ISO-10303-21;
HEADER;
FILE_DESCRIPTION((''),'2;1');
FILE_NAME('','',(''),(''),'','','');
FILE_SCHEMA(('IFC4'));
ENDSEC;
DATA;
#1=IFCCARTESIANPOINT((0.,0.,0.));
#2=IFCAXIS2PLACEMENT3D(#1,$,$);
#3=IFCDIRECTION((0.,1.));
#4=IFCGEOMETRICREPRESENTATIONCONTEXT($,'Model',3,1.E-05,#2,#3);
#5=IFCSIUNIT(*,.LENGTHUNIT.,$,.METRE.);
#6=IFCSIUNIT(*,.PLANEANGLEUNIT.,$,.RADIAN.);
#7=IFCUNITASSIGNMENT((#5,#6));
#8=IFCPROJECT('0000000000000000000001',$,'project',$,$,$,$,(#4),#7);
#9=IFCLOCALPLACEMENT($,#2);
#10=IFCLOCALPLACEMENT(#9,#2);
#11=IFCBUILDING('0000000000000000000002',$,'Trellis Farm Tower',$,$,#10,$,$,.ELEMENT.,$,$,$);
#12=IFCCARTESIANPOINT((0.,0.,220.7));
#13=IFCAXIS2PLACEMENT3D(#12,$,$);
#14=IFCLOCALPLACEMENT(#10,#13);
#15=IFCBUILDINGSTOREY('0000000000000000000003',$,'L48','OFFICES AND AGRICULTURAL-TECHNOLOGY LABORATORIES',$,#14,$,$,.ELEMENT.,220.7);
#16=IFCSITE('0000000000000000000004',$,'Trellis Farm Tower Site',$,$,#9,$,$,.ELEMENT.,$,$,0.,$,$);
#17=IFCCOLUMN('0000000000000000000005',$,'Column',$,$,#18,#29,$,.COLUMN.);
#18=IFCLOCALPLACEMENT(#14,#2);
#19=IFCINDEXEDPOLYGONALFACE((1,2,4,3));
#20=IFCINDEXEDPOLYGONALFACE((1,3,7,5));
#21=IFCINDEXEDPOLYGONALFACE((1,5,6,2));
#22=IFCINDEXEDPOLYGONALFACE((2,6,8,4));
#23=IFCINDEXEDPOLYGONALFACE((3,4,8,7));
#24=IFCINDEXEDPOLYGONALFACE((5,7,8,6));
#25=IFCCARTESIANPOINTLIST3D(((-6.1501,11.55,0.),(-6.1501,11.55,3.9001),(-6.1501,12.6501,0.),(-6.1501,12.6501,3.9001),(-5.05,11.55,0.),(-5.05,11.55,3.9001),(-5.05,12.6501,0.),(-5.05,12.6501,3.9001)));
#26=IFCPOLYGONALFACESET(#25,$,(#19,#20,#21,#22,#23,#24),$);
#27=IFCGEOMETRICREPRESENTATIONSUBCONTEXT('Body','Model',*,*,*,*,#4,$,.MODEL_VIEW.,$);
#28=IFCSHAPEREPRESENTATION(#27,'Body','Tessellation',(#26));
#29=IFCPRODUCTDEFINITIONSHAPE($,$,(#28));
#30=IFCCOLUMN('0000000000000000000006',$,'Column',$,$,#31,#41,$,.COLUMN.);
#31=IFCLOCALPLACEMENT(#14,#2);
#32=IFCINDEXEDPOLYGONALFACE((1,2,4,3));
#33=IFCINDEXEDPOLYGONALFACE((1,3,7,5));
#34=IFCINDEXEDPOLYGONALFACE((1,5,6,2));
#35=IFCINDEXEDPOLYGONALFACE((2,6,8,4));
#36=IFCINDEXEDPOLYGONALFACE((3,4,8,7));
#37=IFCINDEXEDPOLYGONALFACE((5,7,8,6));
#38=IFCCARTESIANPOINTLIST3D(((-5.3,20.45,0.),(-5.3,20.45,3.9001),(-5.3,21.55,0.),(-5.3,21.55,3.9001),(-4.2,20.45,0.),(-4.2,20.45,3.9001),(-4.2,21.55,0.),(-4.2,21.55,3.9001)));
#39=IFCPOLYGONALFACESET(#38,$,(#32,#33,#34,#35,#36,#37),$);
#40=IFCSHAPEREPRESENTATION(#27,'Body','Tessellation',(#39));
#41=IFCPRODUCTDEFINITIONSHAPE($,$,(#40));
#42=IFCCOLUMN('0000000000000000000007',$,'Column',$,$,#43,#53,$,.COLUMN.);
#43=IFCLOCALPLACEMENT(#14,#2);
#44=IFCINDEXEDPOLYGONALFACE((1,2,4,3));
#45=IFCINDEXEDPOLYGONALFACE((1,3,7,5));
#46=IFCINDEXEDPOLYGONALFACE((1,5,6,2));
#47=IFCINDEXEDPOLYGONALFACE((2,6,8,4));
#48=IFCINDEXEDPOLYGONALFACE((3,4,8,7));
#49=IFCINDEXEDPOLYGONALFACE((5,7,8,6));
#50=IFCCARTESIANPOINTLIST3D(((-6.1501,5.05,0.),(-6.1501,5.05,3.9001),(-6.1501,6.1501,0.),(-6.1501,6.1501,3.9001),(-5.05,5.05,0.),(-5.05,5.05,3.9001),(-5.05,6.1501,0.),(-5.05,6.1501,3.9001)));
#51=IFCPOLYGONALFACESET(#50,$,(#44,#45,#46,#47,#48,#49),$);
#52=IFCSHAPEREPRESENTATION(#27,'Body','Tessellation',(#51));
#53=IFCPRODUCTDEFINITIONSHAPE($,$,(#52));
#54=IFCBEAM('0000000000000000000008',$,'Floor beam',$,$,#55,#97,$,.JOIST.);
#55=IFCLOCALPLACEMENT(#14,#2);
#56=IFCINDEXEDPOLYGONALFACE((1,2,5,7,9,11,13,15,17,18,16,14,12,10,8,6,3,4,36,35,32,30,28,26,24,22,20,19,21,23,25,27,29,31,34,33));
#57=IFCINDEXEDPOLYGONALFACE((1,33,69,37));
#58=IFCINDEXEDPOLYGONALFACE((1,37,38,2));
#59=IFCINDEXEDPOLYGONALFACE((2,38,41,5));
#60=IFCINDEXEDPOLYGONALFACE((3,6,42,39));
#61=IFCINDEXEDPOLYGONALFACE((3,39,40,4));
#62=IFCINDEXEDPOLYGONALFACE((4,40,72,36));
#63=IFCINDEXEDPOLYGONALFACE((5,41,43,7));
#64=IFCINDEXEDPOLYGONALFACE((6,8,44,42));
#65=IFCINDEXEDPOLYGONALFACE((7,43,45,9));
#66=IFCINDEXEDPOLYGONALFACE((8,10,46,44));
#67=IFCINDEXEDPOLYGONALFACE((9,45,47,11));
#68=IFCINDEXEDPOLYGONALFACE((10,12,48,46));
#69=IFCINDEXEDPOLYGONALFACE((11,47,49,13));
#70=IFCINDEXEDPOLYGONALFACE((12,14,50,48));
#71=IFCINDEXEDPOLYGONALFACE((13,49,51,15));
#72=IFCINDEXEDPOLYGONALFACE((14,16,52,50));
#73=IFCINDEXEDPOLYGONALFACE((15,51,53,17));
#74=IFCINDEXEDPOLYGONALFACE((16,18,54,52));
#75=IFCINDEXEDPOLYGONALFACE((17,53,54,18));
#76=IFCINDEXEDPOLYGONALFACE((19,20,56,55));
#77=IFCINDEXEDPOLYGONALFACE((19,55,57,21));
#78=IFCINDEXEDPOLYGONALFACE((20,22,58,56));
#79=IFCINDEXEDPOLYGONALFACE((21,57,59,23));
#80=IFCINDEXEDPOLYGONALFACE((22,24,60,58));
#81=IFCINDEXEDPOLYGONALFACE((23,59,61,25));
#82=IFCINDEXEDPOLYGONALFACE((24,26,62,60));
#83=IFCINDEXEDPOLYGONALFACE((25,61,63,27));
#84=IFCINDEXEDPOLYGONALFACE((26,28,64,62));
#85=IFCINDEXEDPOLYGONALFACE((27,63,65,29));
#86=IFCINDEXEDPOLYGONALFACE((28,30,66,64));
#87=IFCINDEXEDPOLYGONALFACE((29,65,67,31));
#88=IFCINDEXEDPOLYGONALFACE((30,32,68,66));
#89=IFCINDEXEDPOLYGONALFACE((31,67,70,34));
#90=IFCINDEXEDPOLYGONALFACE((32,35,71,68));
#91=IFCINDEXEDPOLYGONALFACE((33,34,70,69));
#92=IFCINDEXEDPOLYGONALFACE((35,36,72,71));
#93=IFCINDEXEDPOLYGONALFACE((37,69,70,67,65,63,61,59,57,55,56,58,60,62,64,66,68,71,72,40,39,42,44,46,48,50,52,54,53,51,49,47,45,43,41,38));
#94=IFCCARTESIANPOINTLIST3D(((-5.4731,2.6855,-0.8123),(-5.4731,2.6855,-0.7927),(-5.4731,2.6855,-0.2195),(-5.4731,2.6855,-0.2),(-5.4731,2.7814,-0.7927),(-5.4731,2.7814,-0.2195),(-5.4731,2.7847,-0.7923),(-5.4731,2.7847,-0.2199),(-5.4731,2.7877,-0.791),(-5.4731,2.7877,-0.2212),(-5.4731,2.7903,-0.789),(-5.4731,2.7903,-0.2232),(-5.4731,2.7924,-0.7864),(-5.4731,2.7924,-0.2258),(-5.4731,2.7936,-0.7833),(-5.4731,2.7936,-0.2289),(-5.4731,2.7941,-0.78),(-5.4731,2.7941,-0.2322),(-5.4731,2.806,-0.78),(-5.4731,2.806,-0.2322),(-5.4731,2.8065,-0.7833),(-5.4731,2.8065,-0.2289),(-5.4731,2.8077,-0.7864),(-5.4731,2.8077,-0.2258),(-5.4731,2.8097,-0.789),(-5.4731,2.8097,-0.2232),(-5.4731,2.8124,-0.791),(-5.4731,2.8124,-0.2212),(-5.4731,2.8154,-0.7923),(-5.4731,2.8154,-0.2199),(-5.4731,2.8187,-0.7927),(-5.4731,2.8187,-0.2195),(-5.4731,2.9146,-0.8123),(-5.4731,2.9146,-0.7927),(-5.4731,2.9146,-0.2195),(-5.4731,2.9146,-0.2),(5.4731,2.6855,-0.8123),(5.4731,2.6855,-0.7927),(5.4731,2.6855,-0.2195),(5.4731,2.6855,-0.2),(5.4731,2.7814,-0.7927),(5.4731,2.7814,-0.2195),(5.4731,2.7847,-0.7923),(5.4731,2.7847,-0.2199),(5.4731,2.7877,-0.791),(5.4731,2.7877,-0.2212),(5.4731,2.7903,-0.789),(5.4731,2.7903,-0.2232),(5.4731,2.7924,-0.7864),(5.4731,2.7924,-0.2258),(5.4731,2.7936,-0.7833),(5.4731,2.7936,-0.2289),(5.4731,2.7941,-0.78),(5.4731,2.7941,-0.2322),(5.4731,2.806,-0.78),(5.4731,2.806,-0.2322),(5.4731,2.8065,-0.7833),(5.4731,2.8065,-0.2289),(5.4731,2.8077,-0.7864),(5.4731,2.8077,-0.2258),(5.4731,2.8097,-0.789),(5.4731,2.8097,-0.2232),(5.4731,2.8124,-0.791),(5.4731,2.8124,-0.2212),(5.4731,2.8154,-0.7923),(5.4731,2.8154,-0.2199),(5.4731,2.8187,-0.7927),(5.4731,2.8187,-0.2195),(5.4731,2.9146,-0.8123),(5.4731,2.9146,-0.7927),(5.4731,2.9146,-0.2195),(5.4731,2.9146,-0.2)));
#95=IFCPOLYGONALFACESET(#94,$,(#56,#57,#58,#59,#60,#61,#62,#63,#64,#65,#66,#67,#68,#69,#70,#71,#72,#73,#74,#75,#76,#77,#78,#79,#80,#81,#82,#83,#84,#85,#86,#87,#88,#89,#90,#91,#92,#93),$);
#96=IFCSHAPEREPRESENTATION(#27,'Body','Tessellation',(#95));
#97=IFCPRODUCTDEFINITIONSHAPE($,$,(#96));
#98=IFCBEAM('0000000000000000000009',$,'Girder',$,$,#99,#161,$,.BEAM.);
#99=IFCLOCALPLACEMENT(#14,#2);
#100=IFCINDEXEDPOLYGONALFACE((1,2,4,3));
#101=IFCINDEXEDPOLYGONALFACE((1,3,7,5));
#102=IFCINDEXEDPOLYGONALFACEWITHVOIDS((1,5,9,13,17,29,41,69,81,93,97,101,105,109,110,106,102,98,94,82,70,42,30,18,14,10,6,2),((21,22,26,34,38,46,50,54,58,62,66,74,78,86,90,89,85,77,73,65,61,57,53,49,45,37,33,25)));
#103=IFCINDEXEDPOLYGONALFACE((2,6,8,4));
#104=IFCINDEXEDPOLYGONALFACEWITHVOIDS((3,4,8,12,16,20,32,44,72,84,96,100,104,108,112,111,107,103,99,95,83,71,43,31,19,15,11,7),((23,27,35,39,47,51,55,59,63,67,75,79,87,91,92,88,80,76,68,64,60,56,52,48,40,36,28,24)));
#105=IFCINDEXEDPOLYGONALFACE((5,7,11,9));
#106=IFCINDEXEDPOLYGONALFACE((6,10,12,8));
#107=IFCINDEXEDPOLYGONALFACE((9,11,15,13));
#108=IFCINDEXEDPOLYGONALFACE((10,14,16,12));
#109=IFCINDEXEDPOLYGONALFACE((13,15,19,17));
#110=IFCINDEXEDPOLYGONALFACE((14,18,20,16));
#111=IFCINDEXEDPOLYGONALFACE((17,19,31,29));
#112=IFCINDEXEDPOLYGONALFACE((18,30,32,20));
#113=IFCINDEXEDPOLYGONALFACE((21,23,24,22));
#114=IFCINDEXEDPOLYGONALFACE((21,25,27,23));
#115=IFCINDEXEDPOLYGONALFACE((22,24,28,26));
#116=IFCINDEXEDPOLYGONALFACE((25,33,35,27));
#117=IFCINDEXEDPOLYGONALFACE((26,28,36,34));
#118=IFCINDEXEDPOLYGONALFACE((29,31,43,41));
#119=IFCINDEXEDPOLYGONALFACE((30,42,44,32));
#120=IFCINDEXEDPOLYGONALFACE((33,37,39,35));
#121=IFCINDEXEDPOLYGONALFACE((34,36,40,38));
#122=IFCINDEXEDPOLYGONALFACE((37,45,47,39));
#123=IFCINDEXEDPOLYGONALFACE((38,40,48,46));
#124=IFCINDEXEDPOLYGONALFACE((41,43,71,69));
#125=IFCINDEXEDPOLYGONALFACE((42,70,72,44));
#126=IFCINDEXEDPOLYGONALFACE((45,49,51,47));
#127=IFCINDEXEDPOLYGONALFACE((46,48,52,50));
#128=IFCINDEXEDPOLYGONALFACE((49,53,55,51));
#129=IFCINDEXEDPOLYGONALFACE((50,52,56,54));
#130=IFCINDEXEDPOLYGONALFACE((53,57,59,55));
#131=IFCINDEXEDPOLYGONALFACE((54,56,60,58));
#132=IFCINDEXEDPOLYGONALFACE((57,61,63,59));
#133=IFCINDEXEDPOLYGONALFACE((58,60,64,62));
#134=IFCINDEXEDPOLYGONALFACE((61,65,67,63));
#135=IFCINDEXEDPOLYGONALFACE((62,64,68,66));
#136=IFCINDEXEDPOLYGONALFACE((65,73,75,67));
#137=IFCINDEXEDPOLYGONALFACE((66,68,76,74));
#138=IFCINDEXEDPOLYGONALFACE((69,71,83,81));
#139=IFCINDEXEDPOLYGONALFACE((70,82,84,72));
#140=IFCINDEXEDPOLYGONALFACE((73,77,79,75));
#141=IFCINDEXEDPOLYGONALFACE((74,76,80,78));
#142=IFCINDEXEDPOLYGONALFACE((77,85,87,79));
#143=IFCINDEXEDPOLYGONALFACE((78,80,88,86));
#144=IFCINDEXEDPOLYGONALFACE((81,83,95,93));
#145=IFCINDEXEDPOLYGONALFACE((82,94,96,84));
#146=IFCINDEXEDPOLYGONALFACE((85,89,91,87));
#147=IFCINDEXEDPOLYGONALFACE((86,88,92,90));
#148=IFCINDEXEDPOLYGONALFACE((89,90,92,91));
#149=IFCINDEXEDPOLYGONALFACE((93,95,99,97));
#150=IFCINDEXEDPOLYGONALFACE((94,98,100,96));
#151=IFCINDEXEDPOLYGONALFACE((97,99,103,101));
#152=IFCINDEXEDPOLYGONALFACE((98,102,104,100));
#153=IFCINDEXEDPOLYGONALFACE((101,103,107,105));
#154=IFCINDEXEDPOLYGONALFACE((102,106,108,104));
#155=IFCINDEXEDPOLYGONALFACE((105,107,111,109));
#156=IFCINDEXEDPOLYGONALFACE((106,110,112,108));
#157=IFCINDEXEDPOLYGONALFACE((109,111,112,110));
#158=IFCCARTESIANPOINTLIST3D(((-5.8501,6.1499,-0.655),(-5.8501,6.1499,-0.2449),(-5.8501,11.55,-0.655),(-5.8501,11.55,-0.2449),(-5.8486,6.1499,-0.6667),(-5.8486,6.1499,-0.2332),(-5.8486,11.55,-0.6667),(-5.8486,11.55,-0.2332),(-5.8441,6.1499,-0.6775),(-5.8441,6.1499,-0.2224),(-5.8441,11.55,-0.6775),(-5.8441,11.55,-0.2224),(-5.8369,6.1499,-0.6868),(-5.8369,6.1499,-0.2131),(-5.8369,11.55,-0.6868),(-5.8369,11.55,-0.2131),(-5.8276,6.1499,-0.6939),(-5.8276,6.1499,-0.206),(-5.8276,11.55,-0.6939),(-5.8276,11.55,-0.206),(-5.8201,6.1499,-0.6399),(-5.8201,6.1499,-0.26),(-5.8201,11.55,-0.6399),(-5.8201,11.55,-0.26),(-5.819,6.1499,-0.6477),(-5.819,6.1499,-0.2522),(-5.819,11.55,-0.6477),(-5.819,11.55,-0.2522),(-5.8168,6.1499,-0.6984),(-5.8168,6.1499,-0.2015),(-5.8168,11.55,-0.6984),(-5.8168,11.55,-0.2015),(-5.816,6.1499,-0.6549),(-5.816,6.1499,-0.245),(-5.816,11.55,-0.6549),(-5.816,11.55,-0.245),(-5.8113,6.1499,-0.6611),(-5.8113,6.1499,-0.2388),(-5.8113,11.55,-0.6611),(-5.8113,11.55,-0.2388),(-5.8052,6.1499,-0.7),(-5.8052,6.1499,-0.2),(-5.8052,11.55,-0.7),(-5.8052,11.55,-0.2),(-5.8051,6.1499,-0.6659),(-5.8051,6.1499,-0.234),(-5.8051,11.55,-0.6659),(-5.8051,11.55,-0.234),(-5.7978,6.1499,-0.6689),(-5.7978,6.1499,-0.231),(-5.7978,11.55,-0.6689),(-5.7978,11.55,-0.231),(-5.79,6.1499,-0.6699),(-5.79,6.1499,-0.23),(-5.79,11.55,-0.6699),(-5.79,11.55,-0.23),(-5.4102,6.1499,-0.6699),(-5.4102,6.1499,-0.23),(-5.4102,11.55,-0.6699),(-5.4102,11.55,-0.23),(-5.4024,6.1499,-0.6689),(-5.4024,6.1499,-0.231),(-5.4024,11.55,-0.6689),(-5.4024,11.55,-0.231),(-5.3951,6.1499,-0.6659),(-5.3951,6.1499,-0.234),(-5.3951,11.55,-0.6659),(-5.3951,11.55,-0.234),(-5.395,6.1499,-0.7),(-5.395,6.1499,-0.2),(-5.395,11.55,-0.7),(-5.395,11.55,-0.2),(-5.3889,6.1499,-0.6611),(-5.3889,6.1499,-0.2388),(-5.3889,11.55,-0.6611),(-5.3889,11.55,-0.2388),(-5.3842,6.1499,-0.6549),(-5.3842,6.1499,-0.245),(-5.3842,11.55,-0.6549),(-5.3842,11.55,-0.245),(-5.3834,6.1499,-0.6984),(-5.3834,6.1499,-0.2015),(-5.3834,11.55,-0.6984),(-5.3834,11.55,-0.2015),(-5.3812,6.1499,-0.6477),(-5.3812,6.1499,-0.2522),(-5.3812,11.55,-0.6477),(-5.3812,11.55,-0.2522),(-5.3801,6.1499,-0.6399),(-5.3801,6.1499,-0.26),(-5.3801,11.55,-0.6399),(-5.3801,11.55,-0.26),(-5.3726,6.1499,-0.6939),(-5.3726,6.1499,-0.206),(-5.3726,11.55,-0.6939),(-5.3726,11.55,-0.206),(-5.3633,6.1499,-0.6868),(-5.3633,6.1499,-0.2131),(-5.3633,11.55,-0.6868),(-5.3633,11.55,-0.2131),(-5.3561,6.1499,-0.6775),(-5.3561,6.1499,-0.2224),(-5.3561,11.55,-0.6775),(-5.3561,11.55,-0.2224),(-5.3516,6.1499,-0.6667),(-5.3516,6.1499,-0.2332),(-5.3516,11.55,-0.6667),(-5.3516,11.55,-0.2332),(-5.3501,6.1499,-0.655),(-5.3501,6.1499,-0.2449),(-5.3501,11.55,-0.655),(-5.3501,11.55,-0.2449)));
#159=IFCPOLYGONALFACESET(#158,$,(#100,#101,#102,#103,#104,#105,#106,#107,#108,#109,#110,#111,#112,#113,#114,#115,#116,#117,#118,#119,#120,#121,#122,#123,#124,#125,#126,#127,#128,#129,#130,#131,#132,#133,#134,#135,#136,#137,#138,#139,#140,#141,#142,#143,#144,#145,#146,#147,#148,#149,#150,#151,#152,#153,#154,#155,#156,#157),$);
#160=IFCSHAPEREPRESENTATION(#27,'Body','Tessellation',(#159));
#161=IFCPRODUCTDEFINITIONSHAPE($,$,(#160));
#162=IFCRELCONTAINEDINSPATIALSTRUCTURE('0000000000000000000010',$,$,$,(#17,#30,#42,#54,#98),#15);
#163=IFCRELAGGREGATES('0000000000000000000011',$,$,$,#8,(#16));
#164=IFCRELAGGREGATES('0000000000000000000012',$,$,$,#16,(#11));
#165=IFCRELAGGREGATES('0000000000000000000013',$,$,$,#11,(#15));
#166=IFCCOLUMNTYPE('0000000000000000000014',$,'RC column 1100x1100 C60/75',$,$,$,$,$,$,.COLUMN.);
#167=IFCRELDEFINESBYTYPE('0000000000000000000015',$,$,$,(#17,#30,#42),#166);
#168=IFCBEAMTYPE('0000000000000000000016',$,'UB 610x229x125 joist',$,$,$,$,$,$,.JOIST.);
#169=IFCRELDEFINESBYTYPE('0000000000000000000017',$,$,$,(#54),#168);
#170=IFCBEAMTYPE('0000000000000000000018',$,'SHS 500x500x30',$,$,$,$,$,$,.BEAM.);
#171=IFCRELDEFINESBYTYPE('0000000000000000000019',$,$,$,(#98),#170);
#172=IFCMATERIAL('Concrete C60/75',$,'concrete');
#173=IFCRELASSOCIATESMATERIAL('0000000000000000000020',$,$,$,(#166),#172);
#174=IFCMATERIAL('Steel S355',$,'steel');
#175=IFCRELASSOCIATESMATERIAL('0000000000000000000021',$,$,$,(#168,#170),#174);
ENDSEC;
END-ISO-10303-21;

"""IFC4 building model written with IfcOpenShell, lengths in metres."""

from ifc_helpers import new_model, si_unit, direction, frame, origin, origin_2d, place, context, subcontext, project, spatial, rectangle, hollow_rectangle, i_section, extrude, source, transform, mapped, material, material_profile, profile_set, type_object, element, save


model = new_model("IFC4")

# Units and contexts
model_context = context("Model", 3, precision=1e-05, world=origin(), true_north=direction((0.0, 1.0)))
body_context = subcontext(model_context, "Body", "Model", "MODEL_VIEW")
ifc_project = project(units=[si_unit("LENGTHUNIT", "METRE"), si_unit("PLANEANGLEUNIT", "RADIAN")], contexts=[model_context])

# Site, building, storey
site_placement = place(None, origin())
site = spatial("IfcSite", under=ifc_project, at=site_placement, Name="Trellis Farm Tower Site", CompositionType="ELEMENT", RefElevation=0.0)
building_placement = place(site_placement, origin())
building = spatial("IfcBuilding", under=site, at=building_placement, Name="Trellis Farm Tower", CompositionType="ELEMENT")
storey_placement = place(building_placement, frame((0.0, 0.0, 220.7)))
storey = spatial("IfcBuildingStorey", under=building, at=storey_placement, Name="L48", Description="OFFICES AND AGRICULTURAL-TECHNOLOGY LABORATORIES", CompositionType="ELEMENT", Elevation=220.7)

# Columns
ifc_material_1 = material(Name="Concrete C60/75", Category="concrete")
ifc_material_profile_1 = material_profile(ifc_material_1, rectangle(XDim=1.1001, YDim=1.1001, at=origin_2d()), Name="RC column 1100x1100 C60/75")
ifc_profile_set_1 = profile_set([ifc_material_profile_1], Name="Concrete C60/75")
column_type = type_object("IfcColumnType", Name="RC column 1100x1100 C60/75", PredefinedType="COLUMN", material=ifc_profile_set_1)
shared_shape_1 = source(origin(), body_context, "Body", "SweptSolid", [
    extrude(rectangle(XDim=1.1001, YDim=1.1001, at=origin_2d()), origin(), (0.0, 0.0, 1.0), 3.9001),
])
for number, where, z_axis, x_axis, name in (
    (1, (-5.6001, 12.1001, 0.0), (0.0, 0.0, 1.0), (1.0, 0.0, 0.0), "Column"),
    (2, (-4.75, 21.0, 0.0), (0.0, 0.0, 1.0), (1.0, 0.0, 0.0), "Column"),
    (3, (-5.6001, 5.6001, 0.0), (0.0, 0.0, 1.0), (1.0, 0.0, 0.0), "Column"),
):
    element("IfcColumn", number, at=place(storey_placement, frame(where, z_axis=z_axis, x_axis=x_axis)), inside=storey, type_object=column_type, Name=name, PredefinedType="COLUMN", context=body_context, shape_type="MappedRepresentation", body=[
        mapped(shared_shape_1, transform((0.0, 0.0, 0.0))),
    ])

# Beams
ifc_material_2 = material(Name="Steel S355", Category="steel")
ifc_material_profile_2 = material_profile(ifc_material_2, i_section(OverallWidth=0.229, OverallDepth=0.6123, WebThickness=0.012, FlangeThickness=0.0195, FilletRadius=0.0127, at=origin_2d()), Name="UB 610x229x125")
ifc_profile_set_2 = profile_set([ifc_material_profile_2], Name="Steel S355")
beam_type_1 = type_object("IfcBeamType", Name="UB 610x229x125 joist", PredefinedType="JOIST", material=ifc_profile_set_2)
shared_shape_2 = source(origin(), body_context, "Body", "SweptSolid", [
    extrude(i_section(OverallWidth=0.229, OverallDepth=0.6123, WebThickness=0.012, FlangeThickness=0.0195, FilletRadius=0.0127, at=origin_2d()), origin(), (0.0, 0.0, 1.0), 10.9463),
])
beam_1_placement = place(storey_placement, frame((-5.4731, 2.8, -0.5061), z_axis=(1.0, 0.0, 0.0), x_axis=(0.0, 1.0, 0.0)))
element("IfcBeam", 4, at=beam_1_placement, inside=storey, type_object=beam_type_1, Name="Floor beam", PredefinedType="JOIST", context=body_context, shape_type="MappedRepresentation", body=[
    mapped(shared_shape_2, transform((0.0, 0.0, 0.0))),
])
ifc_material_profile_3 = material_profile(ifc_material_2, hollow_rectangle(XDim=0.5, YDim=0.5, WallThickness=0.03, InnerFilletRadius=0.03, OuterFilletRadius=0.0449, at=origin_2d()), Name="SHS 500x500x30")
ifc_profile_set_3 = profile_set([ifc_material_profile_3], Name="Steel S355")
beam_type_2 = type_object("IfcBeamType", Name="SHS 500x500x30", PredefinedType="BEAM", material=ifc_profile_set_3)
shared_shape_3 = source(origin(), body_context, "Body", "SweptSolid", [
    extrude(hollow_rectangle(XDim=0.5, YDim=0.5, WallThickness=0.03, InnerFilletRadius=0.03, OuterFilletRadius=0.0449, at=origin_2d()), origin(), (0.0, 0.0, 1.0), 5.4001),
])
beam_2_placement = place(storey_placement, frame((-5.6001, 6.1499, -0.45), z_axis=(0.0, 1.0, 0.0), x_axis=(-1.0, 0.0, 0.0)))
element("IfcBeam", 5, at=beam_2_placement, inside=storey, type_object=beam_type_2, Name="Girder", PredefinedType="BEAM", context=body_context, shape_type="MappedRepresentation", body=[
    mapped(shared_shape_3, transform((0.0, 0.0, 0.0))),
])

save(model, "model.ifc")
